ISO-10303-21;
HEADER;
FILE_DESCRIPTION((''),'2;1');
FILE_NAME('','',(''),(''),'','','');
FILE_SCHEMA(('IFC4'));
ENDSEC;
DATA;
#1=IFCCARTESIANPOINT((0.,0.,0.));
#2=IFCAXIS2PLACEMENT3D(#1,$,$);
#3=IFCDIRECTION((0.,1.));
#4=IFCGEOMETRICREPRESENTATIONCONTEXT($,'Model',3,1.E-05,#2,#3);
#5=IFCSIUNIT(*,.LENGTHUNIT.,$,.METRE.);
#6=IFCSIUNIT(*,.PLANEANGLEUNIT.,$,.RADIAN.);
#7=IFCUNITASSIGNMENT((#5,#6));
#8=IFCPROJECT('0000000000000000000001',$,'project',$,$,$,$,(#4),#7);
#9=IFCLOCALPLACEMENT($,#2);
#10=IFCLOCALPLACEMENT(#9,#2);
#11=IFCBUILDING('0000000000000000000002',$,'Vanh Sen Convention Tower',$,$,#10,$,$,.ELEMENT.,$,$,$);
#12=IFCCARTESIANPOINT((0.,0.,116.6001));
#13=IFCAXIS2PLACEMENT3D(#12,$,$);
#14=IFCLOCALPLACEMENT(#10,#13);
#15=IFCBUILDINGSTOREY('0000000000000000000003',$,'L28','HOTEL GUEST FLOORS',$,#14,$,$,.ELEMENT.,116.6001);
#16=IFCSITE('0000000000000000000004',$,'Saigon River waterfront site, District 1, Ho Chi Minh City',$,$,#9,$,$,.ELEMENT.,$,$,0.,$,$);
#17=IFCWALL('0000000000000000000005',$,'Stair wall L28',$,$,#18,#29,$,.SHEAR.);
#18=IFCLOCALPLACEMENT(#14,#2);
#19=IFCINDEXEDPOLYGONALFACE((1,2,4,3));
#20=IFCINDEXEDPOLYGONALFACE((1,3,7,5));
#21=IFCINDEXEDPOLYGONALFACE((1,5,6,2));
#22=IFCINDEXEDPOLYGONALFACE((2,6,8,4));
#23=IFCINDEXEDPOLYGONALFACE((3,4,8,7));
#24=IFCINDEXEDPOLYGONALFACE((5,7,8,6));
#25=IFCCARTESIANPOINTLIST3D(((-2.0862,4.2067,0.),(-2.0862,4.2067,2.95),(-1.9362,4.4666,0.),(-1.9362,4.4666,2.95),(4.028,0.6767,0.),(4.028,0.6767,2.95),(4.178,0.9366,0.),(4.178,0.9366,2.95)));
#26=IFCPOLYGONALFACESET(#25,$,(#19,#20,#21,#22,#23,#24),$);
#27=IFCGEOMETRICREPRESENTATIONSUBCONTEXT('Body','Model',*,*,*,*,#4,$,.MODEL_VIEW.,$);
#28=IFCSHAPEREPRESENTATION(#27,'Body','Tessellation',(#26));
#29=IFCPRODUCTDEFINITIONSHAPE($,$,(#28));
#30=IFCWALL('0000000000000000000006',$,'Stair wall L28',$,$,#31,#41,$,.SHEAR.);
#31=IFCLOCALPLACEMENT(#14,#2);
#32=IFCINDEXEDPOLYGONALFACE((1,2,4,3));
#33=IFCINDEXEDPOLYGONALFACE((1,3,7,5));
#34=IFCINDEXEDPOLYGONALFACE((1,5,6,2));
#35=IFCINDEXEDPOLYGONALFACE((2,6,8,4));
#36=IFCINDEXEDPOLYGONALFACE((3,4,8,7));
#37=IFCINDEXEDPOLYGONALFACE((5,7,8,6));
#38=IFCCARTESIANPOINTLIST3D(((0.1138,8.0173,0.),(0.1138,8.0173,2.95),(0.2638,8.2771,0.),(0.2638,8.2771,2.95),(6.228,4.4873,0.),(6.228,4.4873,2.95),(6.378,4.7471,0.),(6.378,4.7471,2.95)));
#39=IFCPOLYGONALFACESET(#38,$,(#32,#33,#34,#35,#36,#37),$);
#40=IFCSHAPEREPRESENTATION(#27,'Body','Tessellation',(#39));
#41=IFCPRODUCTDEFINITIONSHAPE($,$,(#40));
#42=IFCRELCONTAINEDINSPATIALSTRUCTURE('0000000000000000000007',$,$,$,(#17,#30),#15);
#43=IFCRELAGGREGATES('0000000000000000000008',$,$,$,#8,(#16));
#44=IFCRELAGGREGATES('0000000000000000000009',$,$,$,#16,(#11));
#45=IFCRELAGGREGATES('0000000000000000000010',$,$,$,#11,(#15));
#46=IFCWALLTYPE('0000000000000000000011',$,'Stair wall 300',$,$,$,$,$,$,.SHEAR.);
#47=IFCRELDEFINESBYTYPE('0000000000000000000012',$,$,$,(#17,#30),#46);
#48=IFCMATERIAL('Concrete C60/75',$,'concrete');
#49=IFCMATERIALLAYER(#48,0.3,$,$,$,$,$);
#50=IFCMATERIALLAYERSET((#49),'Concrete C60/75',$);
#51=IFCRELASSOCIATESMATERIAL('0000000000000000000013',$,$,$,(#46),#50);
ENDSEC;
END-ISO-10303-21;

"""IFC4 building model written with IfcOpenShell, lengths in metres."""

from ifc_helpers import new_model, si_unit, direction, frame, frame_2d, origin, place, context, subcontext, project, spatial, rectangle, extrude, material, layer, layer_set, type_object, element, save


model = new_model("IFC4")

# Units and contexts
model_context = context("Model", 3, precision=1e-05, world=origin(), true_north=direction((0.0, 1.0)))
body_context = subcontext(model_context, "Body", "Model", "MODEL_VIEW")
ifc_project = project(units=[si_unit("LENGTHUNIT", "METRE"), si_unit("PLANEANGLEUNIT", "RADIAN")], contexts=[model_context])

# Site, building, storey
site_placement = place(None, origin())
site = spatial("IfcSite", under=ifc_project, at=site_placement, Name="Saigon River waterfront site, District 1, Ho Chi Minh City", CompositionType="ELEMENT", RefElevation=0.0)
building_placement = place(site_placement, origin())
building = spatial("IfcBuilding", under=site, at=building_placement, Name="Vanh Sen Convention Tower", CompositionType="ELEMENT")
storey_placement = place(building_placement, frame((0.0, 0.0, 116.6001)))
storey = spatial("IfcBuildingStorey", under=building, at=storey_placement, Name="L28", Description="HOTEL GUEST FLOORS", CompositionType="ELEMENT", Elevation=116.6001)

# Shared definitions
ifc_material_1 = material(Name="Concrete C60/75", Category="concrete")

# Walls
ifc_layer_1 = layer(ifc_material_1, 0.3)
ifc_layer_set_1 = layer_set([ifc_layer_1], Name="Concrete C60/75")
wall_type_1 = type_object("IfcWallType", Name="Stair wall 300", PredefinedType="SHEAR", material=ifc_layer_set_1)
for number, where, z_axis, x_axis, name in (
    (1, (4.103, 0.8066, 0.0), (0.0, 0.0, 1.0), (-0.866028, 0.499996, 0.0), "Stair wall L28"),
    (2, (6.303, 4.6172, 0.0), (0.0, 0.0, 1.0), (-0.866028, 0.499996, 0.0), "Stair wall L28"),
):
    element("IfcWall", number, at=place(storey_placement, frame(where, z_axis=z_axis, x_axis=x_axis)), inside=storey, type_object=wall_type_1, Name=name, PredefinedType="SHEAR", context=body_context, shape_type="SweptSolid", body=[
        extrude(rectangle(XDim=7.0601, YDim=0.3, at=frame_2d((3.53, 0.0))), origin(), (0.0, 0.0, 1.0), 2.95),
    ])

save(model, "model.ifc")
